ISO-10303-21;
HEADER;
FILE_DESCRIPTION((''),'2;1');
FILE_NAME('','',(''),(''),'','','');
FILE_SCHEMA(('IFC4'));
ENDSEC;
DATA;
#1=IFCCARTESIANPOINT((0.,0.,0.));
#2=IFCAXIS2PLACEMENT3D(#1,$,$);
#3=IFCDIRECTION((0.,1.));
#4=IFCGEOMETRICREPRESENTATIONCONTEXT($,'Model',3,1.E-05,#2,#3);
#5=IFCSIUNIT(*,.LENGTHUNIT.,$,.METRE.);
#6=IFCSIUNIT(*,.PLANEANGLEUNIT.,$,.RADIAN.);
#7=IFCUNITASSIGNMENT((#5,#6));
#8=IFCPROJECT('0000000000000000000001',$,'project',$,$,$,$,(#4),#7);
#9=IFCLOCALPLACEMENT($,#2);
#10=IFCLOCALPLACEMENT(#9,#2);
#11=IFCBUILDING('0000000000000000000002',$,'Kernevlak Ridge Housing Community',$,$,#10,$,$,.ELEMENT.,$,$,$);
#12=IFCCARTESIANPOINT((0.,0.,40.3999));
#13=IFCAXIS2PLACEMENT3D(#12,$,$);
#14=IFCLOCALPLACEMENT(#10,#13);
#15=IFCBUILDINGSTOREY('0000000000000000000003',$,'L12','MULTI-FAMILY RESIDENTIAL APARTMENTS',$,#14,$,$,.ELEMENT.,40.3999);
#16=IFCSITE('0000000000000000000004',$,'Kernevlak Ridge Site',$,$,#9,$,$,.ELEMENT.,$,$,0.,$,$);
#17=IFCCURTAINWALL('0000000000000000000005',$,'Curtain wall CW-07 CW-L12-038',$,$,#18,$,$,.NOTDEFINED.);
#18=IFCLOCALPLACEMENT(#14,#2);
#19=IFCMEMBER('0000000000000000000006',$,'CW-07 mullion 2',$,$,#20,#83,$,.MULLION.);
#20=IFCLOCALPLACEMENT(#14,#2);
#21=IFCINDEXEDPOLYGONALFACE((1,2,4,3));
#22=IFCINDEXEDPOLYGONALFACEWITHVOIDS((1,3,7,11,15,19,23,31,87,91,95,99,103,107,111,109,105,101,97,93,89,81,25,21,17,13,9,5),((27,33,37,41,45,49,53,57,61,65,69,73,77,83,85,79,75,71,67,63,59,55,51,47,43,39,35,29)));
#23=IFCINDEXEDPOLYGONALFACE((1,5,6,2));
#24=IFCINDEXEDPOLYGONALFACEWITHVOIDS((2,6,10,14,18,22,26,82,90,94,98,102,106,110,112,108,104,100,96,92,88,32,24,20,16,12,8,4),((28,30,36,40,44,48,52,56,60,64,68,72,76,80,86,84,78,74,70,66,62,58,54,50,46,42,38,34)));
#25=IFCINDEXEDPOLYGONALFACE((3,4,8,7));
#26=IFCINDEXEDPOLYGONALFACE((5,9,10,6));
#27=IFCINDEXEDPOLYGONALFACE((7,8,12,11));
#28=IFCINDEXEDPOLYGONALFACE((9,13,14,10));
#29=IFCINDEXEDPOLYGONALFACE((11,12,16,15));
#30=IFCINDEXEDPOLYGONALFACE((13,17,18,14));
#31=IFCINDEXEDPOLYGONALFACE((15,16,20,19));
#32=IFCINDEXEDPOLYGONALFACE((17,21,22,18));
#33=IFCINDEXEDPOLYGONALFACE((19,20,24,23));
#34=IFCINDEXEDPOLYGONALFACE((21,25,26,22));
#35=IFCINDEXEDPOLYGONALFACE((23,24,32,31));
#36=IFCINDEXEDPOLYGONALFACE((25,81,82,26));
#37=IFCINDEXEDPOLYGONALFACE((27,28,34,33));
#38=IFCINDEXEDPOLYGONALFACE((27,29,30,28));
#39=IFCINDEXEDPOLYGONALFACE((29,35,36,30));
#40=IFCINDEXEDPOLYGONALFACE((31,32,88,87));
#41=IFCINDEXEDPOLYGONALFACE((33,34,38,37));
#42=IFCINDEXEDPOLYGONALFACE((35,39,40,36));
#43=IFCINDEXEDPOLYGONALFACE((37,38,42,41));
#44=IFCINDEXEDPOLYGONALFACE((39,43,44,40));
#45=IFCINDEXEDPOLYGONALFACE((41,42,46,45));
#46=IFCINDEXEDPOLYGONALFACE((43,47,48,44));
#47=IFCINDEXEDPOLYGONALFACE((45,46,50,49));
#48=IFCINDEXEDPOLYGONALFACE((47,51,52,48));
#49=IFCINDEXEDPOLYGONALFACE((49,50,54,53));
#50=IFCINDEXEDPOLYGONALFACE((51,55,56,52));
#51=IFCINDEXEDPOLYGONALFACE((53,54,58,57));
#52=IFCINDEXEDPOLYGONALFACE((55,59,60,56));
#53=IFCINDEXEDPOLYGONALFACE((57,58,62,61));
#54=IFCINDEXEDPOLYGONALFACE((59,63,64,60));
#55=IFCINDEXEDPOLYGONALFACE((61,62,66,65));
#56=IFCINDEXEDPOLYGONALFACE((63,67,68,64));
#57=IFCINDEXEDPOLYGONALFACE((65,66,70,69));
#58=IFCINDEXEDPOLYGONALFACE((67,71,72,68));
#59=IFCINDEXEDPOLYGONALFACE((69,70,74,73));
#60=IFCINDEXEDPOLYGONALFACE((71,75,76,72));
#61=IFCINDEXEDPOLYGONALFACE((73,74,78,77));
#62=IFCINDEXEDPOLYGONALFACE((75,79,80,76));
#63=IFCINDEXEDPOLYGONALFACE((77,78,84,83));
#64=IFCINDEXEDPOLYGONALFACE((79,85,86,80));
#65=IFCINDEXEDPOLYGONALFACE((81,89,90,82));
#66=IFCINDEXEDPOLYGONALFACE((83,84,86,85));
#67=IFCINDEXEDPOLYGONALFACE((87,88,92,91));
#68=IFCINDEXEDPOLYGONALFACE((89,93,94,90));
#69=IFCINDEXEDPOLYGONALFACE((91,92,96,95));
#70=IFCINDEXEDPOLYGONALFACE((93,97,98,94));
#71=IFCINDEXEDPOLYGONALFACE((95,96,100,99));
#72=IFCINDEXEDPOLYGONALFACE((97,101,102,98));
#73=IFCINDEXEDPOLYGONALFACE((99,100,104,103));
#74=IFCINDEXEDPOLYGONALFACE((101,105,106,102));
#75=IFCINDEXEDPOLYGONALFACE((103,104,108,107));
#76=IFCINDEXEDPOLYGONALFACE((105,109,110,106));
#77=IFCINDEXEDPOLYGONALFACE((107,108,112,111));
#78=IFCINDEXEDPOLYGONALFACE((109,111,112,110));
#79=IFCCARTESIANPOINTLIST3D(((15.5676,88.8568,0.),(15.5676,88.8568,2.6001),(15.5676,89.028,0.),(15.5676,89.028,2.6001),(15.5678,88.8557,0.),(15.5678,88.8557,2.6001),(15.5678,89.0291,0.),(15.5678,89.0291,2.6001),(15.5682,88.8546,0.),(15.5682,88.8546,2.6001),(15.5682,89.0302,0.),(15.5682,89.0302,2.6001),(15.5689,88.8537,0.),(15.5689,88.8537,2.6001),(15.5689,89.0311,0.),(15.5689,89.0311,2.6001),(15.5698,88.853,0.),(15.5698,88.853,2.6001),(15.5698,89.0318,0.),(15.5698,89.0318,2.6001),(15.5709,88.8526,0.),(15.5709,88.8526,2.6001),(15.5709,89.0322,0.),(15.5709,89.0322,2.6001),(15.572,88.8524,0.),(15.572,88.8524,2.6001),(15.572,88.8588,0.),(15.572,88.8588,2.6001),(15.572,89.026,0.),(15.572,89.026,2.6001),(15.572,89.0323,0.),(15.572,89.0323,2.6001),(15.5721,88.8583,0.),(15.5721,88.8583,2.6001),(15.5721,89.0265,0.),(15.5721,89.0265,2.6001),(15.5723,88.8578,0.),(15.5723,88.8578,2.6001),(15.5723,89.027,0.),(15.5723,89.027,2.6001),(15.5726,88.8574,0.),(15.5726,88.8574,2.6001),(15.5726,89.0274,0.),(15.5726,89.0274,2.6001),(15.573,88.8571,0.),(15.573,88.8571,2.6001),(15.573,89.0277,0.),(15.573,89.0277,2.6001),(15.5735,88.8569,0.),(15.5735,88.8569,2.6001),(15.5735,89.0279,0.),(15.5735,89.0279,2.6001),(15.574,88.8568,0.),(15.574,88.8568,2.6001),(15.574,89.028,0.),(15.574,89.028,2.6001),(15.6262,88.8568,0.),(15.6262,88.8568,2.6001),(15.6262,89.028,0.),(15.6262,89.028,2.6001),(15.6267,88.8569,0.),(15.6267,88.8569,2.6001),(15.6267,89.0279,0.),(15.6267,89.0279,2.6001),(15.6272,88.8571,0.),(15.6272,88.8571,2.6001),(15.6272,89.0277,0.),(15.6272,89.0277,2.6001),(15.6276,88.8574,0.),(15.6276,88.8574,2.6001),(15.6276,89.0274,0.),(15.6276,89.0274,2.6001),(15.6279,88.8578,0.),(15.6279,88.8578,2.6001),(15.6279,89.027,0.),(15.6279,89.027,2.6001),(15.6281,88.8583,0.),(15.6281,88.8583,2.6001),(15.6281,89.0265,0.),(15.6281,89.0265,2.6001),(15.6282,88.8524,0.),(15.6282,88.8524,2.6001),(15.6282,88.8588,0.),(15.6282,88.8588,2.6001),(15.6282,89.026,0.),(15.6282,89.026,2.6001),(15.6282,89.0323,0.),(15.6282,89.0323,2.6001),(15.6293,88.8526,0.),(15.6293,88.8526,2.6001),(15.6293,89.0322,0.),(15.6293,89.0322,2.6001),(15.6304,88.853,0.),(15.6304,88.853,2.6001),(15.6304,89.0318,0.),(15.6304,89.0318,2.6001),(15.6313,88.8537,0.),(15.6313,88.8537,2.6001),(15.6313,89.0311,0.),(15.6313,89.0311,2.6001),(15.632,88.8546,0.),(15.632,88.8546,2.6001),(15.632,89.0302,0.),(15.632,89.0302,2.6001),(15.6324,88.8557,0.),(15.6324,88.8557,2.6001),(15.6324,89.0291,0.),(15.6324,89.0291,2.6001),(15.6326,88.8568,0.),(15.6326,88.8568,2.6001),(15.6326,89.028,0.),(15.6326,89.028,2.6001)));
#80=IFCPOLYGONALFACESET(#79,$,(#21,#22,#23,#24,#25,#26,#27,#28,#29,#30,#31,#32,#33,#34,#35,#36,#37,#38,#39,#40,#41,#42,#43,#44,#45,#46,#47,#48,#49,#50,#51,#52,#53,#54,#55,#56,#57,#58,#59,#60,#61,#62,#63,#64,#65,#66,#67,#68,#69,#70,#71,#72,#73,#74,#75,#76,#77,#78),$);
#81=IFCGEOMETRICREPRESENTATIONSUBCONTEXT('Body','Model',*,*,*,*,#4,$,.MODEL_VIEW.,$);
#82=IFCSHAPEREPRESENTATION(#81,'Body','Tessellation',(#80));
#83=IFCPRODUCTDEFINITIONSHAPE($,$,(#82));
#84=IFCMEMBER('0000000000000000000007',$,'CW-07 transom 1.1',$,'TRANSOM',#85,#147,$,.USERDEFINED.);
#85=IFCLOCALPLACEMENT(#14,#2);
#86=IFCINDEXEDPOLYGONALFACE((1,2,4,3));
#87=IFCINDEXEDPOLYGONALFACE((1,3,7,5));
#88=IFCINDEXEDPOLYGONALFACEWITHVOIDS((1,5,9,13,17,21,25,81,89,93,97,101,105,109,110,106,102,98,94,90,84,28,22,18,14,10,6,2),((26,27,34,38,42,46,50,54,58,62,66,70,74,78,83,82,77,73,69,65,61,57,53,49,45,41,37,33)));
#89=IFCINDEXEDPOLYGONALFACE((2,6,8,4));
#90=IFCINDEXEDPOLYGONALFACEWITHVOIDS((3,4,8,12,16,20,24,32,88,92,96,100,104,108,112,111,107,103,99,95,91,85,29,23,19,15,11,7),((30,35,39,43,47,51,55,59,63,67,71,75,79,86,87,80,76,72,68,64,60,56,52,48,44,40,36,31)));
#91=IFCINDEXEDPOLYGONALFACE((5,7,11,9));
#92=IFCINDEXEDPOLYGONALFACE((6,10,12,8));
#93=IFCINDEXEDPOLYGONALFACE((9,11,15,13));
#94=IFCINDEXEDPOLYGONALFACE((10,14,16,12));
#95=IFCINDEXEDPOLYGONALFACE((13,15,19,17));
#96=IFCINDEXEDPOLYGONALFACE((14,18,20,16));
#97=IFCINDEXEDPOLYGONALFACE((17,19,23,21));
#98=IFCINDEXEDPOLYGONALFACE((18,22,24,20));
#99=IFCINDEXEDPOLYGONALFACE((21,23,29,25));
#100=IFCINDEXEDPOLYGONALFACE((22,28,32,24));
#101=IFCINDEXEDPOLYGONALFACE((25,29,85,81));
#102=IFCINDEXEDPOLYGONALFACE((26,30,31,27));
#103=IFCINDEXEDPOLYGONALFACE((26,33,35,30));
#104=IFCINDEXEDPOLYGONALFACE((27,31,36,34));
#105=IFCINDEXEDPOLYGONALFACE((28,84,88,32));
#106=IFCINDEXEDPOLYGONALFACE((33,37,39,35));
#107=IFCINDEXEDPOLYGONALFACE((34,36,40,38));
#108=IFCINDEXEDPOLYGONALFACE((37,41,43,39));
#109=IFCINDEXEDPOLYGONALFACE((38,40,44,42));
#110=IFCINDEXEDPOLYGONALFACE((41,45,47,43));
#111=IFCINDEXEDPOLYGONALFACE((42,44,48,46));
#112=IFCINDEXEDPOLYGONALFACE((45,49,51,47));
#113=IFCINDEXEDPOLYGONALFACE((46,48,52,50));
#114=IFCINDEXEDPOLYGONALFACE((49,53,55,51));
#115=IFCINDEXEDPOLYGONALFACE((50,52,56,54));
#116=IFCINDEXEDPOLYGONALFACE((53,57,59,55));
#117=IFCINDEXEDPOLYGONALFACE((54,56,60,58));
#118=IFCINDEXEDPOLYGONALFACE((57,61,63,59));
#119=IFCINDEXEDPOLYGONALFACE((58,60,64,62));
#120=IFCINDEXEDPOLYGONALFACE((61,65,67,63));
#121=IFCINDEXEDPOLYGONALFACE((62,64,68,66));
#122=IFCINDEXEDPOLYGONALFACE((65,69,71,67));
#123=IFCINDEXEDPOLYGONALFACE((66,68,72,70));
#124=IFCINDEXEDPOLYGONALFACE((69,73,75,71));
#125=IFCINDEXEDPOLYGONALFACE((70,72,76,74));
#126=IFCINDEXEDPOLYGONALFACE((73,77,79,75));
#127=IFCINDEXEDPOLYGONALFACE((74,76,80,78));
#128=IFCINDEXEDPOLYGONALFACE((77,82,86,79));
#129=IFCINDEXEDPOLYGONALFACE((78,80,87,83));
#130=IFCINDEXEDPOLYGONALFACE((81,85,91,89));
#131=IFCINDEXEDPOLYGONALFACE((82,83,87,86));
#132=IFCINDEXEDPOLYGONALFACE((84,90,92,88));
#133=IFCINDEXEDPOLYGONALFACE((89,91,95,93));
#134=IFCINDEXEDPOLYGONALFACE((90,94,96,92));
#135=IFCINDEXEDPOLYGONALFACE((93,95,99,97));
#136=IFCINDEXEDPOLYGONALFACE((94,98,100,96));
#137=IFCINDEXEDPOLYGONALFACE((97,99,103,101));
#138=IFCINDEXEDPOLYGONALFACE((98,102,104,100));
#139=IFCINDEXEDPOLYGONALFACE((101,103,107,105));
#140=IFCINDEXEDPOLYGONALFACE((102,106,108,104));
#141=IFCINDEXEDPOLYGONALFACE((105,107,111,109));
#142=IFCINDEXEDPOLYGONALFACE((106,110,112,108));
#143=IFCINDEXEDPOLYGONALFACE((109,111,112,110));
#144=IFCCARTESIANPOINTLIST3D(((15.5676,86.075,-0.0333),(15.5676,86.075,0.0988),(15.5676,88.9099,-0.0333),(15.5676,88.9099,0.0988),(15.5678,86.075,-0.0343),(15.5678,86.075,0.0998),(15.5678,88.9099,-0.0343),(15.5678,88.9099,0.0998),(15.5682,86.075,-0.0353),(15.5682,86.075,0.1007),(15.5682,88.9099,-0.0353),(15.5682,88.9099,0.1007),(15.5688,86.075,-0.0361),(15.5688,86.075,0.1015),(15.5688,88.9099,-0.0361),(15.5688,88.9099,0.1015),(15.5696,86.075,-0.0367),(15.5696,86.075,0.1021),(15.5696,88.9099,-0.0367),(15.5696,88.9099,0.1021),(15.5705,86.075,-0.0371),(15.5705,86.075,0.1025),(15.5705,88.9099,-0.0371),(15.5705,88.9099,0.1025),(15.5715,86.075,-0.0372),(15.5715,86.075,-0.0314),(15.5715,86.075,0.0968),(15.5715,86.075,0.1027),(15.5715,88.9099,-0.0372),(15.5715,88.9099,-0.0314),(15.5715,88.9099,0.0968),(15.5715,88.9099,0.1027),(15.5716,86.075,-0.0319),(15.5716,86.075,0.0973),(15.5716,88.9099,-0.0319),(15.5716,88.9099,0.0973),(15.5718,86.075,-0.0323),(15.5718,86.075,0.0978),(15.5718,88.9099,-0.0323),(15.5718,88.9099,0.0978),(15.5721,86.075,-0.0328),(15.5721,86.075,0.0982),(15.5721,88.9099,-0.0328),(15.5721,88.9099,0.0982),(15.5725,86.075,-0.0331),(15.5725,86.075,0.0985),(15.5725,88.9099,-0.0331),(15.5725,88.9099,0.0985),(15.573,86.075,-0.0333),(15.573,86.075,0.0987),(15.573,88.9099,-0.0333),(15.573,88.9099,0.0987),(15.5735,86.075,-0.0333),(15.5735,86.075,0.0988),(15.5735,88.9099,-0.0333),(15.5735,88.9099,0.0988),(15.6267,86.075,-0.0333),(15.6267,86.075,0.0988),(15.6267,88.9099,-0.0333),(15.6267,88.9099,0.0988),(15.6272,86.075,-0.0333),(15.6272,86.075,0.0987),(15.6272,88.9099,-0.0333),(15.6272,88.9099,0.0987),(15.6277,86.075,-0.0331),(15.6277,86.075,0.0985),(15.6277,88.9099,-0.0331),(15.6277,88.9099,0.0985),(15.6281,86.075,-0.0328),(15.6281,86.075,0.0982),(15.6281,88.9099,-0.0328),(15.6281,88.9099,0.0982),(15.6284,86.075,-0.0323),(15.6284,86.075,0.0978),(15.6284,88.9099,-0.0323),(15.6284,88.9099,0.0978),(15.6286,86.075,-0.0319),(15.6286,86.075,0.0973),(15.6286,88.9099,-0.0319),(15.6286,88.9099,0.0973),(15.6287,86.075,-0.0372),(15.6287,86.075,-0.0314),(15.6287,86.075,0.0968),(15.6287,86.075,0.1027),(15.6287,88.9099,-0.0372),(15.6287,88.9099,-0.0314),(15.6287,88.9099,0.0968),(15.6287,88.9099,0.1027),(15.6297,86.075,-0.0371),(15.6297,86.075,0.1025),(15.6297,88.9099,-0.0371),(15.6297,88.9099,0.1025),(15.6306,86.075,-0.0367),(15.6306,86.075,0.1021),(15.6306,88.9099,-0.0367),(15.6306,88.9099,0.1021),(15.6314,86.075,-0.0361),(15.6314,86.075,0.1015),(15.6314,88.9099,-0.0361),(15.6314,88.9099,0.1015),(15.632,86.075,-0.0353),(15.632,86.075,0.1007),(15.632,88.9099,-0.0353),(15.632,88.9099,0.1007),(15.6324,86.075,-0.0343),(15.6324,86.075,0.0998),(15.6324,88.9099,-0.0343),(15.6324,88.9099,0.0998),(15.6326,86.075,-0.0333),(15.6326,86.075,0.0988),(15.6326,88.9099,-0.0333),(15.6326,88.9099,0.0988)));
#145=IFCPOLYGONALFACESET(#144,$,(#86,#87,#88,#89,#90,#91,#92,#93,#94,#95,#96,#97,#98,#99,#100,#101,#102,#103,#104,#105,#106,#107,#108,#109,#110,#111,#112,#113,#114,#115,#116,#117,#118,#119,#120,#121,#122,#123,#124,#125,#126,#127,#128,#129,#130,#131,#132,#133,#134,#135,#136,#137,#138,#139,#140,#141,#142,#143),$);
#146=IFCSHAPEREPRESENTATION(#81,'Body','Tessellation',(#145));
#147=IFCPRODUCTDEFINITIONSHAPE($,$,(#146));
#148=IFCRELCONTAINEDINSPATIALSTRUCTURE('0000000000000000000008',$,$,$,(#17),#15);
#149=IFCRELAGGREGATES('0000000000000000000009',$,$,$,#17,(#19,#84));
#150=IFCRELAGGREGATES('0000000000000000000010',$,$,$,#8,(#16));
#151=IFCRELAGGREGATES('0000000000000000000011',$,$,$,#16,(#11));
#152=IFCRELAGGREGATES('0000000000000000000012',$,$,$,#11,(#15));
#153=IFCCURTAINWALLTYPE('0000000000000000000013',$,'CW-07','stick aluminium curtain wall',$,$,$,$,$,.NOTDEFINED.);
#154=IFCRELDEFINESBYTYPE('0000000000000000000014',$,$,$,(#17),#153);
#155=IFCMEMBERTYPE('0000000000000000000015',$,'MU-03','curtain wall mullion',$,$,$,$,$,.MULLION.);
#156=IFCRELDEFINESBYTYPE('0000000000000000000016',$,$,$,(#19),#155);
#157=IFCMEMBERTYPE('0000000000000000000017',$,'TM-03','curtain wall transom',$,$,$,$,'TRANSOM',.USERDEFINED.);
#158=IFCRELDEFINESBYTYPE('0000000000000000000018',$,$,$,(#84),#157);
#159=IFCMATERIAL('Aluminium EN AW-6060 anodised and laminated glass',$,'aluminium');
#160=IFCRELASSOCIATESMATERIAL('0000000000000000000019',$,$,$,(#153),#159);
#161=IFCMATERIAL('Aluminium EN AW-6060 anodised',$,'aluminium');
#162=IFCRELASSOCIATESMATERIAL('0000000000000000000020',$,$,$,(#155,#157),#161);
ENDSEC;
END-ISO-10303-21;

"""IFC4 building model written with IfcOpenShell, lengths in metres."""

from ifc_helpers import new_model, si_unit, direction, frame, origin, origin_2d, place, context, subcontext, project, spatial, hollow_rectangle, extrude, material, material_profile, profile_set, type_object, element, aggregate, save


model = new_model("IFC4")

# Units and contexts
model_context = context("Model", 3, precision=1e-05, world=origin(), true_north=direction((0.0, 1.0)))
body_context = subcontext(model_context, "Body", "Model", "MODEL_VIEW")
ifc_project = project(units=[si_unit("LENGTHUNIT", "METRE"), si_unit("PLANEANGLEUNIT", "RADIAN")], contexts=[model_context])

# Site, building, storey
site_placement = place(None, origin())
site = spatial("IfcSite", under=ifc_project, at=site_placement, Name="Kernevlak Ridge Site", CompositionType="ELEMENT", RefElevation=0.0)
building_placement = place(site_placement, origin())
building = spatial("IfcBuilding", under=site, at=building_placement, Name="Kernevlak Ridge Housing Community", CompositionType="ELEMENT")
storey_placement = place(building_placement, frame((0.0, 0.0, 40.3999)))
storey = spatial("IfcBuildingStorey", under=building, at=storey_placement, Name="L12", Description="MULTI-FAMILY RESIDENTIAL APARTMENTS", CompositionType="ELEMENT", Elevation=40.3999)

# Shared definitions
ifc_material_1 = material(Name="Aluminium EN AW-6060 anodised and laminated glass", Category="aluminium")
ifc_material_2 = material(Name="Aluminium EN AW-6060 anodised", Category="aluminium")

# Curtain wall, members
curtain_wall_type_1 = type_object("IfcCurtainWallType", Name="CW-07", Description="stick aluminium curtain wall", PredefinedType="NOTDEFINED", material=ifc_material_1)
curtain_wall_1_placement = place(storey_placement, origin())
curtain_wall_1 = element("IfcCurtainWall", 1, at=curtain_wall_1_placement, inside=storey, type_object=curtain_wall_type_1, Name="Curtain wall CW-07 CW-L12-038", PredefinedType="NOTDEFINED")
ifc_material_profile_1 = material_profile(ifc_material_2, hollow_rectangle(XDim=0.0649, YDim=0.1799, WallThickness=0.0044, InnerFilletRadius=0.002, OuterFilletRadius=0.0044, at=origin_2d()), Name="ALU 65x180x4.5")
ifc_profile_set_1 = profile_set([ifc_material_profile_1], Name="Aluminium EN AW-6060 anodised")
member_type_1 = type_object("IfcMemberType", Name="MU-03", Description="curtain wall mullion", PredefinedType="MULLION", material=ifc_profile_set_1)
member_1_placement = place(storey_placement, frame((15.6001, 88.9424, 0.0), z_axis=(0.0, 0.0, 1.0), x_axis=(-1.0, 0.0, 0.0)))
member_1 = element("IfcMember", 2, at=member_1_placement, type_object=member_type_1, Name="CW-07 mullion 2", PredefinedType="MULLION", context=body_context, shape_type="SweptSolid", body=[
    extrude(hollow_rectangle(XDim=0.0649, YDim=0.1799, WallThickness=0.0044, InnerFilletRadius=0.002, OuterFilletRadius=0.0044, at=origin_2d()), origin(), (0.0, 0.0, 1.0), 2.6001),
])
ifc_material_profile_2 = material_profile(ifc_material_2, hollow_rectangle(XDim=0.0649, YDim=0.1399, WallThickness=0.0039, InnerFilletRadius=0.002, OuterFilletRadius=0.0039, at=origin_2d()), Name="ALU 65x140x4")
ifc_profile_set_2 = profile_set([ifc_material_profile_2], Name="Aluminium EN AW-6060 anodised")
member_type_2 = type_object("IfcMemberType", Name="TM-03", Description="curtain wall transom", ElementType="TRANSOM", PredefinedType="USERDEFINED", material=ifc_profile_set_2)
member_2_placement = place(storey_placement, frame((15.6001, 86.075, 0.0327), z_axis=(0.0, 1.0, 0.0), x_axis=(-1.0, 0.0, 0.0)))
member_2 = element("IfcMember", 3, at=member_2_placement, type_object=member_type_2, Name="CW-07 transom 1.1", ObjectType="TRANSOM", PredefinedType="USERDEFINED", context=body_context, shape_type="SweptSolid", body=[
    extrude(hollow_rectangle(XDim=0.0649, YDim=0.1399, WallThickness=0.0039, InnerFilletRadius=0.002, OuterFilletRadius=0.0039, at=origin_2d()), origin(), (0.0, 0.0, 1.0), 2.835),
])
aggregate(curtain_wall_1, [member_1, member_2])

save(model, "model.ifc")
